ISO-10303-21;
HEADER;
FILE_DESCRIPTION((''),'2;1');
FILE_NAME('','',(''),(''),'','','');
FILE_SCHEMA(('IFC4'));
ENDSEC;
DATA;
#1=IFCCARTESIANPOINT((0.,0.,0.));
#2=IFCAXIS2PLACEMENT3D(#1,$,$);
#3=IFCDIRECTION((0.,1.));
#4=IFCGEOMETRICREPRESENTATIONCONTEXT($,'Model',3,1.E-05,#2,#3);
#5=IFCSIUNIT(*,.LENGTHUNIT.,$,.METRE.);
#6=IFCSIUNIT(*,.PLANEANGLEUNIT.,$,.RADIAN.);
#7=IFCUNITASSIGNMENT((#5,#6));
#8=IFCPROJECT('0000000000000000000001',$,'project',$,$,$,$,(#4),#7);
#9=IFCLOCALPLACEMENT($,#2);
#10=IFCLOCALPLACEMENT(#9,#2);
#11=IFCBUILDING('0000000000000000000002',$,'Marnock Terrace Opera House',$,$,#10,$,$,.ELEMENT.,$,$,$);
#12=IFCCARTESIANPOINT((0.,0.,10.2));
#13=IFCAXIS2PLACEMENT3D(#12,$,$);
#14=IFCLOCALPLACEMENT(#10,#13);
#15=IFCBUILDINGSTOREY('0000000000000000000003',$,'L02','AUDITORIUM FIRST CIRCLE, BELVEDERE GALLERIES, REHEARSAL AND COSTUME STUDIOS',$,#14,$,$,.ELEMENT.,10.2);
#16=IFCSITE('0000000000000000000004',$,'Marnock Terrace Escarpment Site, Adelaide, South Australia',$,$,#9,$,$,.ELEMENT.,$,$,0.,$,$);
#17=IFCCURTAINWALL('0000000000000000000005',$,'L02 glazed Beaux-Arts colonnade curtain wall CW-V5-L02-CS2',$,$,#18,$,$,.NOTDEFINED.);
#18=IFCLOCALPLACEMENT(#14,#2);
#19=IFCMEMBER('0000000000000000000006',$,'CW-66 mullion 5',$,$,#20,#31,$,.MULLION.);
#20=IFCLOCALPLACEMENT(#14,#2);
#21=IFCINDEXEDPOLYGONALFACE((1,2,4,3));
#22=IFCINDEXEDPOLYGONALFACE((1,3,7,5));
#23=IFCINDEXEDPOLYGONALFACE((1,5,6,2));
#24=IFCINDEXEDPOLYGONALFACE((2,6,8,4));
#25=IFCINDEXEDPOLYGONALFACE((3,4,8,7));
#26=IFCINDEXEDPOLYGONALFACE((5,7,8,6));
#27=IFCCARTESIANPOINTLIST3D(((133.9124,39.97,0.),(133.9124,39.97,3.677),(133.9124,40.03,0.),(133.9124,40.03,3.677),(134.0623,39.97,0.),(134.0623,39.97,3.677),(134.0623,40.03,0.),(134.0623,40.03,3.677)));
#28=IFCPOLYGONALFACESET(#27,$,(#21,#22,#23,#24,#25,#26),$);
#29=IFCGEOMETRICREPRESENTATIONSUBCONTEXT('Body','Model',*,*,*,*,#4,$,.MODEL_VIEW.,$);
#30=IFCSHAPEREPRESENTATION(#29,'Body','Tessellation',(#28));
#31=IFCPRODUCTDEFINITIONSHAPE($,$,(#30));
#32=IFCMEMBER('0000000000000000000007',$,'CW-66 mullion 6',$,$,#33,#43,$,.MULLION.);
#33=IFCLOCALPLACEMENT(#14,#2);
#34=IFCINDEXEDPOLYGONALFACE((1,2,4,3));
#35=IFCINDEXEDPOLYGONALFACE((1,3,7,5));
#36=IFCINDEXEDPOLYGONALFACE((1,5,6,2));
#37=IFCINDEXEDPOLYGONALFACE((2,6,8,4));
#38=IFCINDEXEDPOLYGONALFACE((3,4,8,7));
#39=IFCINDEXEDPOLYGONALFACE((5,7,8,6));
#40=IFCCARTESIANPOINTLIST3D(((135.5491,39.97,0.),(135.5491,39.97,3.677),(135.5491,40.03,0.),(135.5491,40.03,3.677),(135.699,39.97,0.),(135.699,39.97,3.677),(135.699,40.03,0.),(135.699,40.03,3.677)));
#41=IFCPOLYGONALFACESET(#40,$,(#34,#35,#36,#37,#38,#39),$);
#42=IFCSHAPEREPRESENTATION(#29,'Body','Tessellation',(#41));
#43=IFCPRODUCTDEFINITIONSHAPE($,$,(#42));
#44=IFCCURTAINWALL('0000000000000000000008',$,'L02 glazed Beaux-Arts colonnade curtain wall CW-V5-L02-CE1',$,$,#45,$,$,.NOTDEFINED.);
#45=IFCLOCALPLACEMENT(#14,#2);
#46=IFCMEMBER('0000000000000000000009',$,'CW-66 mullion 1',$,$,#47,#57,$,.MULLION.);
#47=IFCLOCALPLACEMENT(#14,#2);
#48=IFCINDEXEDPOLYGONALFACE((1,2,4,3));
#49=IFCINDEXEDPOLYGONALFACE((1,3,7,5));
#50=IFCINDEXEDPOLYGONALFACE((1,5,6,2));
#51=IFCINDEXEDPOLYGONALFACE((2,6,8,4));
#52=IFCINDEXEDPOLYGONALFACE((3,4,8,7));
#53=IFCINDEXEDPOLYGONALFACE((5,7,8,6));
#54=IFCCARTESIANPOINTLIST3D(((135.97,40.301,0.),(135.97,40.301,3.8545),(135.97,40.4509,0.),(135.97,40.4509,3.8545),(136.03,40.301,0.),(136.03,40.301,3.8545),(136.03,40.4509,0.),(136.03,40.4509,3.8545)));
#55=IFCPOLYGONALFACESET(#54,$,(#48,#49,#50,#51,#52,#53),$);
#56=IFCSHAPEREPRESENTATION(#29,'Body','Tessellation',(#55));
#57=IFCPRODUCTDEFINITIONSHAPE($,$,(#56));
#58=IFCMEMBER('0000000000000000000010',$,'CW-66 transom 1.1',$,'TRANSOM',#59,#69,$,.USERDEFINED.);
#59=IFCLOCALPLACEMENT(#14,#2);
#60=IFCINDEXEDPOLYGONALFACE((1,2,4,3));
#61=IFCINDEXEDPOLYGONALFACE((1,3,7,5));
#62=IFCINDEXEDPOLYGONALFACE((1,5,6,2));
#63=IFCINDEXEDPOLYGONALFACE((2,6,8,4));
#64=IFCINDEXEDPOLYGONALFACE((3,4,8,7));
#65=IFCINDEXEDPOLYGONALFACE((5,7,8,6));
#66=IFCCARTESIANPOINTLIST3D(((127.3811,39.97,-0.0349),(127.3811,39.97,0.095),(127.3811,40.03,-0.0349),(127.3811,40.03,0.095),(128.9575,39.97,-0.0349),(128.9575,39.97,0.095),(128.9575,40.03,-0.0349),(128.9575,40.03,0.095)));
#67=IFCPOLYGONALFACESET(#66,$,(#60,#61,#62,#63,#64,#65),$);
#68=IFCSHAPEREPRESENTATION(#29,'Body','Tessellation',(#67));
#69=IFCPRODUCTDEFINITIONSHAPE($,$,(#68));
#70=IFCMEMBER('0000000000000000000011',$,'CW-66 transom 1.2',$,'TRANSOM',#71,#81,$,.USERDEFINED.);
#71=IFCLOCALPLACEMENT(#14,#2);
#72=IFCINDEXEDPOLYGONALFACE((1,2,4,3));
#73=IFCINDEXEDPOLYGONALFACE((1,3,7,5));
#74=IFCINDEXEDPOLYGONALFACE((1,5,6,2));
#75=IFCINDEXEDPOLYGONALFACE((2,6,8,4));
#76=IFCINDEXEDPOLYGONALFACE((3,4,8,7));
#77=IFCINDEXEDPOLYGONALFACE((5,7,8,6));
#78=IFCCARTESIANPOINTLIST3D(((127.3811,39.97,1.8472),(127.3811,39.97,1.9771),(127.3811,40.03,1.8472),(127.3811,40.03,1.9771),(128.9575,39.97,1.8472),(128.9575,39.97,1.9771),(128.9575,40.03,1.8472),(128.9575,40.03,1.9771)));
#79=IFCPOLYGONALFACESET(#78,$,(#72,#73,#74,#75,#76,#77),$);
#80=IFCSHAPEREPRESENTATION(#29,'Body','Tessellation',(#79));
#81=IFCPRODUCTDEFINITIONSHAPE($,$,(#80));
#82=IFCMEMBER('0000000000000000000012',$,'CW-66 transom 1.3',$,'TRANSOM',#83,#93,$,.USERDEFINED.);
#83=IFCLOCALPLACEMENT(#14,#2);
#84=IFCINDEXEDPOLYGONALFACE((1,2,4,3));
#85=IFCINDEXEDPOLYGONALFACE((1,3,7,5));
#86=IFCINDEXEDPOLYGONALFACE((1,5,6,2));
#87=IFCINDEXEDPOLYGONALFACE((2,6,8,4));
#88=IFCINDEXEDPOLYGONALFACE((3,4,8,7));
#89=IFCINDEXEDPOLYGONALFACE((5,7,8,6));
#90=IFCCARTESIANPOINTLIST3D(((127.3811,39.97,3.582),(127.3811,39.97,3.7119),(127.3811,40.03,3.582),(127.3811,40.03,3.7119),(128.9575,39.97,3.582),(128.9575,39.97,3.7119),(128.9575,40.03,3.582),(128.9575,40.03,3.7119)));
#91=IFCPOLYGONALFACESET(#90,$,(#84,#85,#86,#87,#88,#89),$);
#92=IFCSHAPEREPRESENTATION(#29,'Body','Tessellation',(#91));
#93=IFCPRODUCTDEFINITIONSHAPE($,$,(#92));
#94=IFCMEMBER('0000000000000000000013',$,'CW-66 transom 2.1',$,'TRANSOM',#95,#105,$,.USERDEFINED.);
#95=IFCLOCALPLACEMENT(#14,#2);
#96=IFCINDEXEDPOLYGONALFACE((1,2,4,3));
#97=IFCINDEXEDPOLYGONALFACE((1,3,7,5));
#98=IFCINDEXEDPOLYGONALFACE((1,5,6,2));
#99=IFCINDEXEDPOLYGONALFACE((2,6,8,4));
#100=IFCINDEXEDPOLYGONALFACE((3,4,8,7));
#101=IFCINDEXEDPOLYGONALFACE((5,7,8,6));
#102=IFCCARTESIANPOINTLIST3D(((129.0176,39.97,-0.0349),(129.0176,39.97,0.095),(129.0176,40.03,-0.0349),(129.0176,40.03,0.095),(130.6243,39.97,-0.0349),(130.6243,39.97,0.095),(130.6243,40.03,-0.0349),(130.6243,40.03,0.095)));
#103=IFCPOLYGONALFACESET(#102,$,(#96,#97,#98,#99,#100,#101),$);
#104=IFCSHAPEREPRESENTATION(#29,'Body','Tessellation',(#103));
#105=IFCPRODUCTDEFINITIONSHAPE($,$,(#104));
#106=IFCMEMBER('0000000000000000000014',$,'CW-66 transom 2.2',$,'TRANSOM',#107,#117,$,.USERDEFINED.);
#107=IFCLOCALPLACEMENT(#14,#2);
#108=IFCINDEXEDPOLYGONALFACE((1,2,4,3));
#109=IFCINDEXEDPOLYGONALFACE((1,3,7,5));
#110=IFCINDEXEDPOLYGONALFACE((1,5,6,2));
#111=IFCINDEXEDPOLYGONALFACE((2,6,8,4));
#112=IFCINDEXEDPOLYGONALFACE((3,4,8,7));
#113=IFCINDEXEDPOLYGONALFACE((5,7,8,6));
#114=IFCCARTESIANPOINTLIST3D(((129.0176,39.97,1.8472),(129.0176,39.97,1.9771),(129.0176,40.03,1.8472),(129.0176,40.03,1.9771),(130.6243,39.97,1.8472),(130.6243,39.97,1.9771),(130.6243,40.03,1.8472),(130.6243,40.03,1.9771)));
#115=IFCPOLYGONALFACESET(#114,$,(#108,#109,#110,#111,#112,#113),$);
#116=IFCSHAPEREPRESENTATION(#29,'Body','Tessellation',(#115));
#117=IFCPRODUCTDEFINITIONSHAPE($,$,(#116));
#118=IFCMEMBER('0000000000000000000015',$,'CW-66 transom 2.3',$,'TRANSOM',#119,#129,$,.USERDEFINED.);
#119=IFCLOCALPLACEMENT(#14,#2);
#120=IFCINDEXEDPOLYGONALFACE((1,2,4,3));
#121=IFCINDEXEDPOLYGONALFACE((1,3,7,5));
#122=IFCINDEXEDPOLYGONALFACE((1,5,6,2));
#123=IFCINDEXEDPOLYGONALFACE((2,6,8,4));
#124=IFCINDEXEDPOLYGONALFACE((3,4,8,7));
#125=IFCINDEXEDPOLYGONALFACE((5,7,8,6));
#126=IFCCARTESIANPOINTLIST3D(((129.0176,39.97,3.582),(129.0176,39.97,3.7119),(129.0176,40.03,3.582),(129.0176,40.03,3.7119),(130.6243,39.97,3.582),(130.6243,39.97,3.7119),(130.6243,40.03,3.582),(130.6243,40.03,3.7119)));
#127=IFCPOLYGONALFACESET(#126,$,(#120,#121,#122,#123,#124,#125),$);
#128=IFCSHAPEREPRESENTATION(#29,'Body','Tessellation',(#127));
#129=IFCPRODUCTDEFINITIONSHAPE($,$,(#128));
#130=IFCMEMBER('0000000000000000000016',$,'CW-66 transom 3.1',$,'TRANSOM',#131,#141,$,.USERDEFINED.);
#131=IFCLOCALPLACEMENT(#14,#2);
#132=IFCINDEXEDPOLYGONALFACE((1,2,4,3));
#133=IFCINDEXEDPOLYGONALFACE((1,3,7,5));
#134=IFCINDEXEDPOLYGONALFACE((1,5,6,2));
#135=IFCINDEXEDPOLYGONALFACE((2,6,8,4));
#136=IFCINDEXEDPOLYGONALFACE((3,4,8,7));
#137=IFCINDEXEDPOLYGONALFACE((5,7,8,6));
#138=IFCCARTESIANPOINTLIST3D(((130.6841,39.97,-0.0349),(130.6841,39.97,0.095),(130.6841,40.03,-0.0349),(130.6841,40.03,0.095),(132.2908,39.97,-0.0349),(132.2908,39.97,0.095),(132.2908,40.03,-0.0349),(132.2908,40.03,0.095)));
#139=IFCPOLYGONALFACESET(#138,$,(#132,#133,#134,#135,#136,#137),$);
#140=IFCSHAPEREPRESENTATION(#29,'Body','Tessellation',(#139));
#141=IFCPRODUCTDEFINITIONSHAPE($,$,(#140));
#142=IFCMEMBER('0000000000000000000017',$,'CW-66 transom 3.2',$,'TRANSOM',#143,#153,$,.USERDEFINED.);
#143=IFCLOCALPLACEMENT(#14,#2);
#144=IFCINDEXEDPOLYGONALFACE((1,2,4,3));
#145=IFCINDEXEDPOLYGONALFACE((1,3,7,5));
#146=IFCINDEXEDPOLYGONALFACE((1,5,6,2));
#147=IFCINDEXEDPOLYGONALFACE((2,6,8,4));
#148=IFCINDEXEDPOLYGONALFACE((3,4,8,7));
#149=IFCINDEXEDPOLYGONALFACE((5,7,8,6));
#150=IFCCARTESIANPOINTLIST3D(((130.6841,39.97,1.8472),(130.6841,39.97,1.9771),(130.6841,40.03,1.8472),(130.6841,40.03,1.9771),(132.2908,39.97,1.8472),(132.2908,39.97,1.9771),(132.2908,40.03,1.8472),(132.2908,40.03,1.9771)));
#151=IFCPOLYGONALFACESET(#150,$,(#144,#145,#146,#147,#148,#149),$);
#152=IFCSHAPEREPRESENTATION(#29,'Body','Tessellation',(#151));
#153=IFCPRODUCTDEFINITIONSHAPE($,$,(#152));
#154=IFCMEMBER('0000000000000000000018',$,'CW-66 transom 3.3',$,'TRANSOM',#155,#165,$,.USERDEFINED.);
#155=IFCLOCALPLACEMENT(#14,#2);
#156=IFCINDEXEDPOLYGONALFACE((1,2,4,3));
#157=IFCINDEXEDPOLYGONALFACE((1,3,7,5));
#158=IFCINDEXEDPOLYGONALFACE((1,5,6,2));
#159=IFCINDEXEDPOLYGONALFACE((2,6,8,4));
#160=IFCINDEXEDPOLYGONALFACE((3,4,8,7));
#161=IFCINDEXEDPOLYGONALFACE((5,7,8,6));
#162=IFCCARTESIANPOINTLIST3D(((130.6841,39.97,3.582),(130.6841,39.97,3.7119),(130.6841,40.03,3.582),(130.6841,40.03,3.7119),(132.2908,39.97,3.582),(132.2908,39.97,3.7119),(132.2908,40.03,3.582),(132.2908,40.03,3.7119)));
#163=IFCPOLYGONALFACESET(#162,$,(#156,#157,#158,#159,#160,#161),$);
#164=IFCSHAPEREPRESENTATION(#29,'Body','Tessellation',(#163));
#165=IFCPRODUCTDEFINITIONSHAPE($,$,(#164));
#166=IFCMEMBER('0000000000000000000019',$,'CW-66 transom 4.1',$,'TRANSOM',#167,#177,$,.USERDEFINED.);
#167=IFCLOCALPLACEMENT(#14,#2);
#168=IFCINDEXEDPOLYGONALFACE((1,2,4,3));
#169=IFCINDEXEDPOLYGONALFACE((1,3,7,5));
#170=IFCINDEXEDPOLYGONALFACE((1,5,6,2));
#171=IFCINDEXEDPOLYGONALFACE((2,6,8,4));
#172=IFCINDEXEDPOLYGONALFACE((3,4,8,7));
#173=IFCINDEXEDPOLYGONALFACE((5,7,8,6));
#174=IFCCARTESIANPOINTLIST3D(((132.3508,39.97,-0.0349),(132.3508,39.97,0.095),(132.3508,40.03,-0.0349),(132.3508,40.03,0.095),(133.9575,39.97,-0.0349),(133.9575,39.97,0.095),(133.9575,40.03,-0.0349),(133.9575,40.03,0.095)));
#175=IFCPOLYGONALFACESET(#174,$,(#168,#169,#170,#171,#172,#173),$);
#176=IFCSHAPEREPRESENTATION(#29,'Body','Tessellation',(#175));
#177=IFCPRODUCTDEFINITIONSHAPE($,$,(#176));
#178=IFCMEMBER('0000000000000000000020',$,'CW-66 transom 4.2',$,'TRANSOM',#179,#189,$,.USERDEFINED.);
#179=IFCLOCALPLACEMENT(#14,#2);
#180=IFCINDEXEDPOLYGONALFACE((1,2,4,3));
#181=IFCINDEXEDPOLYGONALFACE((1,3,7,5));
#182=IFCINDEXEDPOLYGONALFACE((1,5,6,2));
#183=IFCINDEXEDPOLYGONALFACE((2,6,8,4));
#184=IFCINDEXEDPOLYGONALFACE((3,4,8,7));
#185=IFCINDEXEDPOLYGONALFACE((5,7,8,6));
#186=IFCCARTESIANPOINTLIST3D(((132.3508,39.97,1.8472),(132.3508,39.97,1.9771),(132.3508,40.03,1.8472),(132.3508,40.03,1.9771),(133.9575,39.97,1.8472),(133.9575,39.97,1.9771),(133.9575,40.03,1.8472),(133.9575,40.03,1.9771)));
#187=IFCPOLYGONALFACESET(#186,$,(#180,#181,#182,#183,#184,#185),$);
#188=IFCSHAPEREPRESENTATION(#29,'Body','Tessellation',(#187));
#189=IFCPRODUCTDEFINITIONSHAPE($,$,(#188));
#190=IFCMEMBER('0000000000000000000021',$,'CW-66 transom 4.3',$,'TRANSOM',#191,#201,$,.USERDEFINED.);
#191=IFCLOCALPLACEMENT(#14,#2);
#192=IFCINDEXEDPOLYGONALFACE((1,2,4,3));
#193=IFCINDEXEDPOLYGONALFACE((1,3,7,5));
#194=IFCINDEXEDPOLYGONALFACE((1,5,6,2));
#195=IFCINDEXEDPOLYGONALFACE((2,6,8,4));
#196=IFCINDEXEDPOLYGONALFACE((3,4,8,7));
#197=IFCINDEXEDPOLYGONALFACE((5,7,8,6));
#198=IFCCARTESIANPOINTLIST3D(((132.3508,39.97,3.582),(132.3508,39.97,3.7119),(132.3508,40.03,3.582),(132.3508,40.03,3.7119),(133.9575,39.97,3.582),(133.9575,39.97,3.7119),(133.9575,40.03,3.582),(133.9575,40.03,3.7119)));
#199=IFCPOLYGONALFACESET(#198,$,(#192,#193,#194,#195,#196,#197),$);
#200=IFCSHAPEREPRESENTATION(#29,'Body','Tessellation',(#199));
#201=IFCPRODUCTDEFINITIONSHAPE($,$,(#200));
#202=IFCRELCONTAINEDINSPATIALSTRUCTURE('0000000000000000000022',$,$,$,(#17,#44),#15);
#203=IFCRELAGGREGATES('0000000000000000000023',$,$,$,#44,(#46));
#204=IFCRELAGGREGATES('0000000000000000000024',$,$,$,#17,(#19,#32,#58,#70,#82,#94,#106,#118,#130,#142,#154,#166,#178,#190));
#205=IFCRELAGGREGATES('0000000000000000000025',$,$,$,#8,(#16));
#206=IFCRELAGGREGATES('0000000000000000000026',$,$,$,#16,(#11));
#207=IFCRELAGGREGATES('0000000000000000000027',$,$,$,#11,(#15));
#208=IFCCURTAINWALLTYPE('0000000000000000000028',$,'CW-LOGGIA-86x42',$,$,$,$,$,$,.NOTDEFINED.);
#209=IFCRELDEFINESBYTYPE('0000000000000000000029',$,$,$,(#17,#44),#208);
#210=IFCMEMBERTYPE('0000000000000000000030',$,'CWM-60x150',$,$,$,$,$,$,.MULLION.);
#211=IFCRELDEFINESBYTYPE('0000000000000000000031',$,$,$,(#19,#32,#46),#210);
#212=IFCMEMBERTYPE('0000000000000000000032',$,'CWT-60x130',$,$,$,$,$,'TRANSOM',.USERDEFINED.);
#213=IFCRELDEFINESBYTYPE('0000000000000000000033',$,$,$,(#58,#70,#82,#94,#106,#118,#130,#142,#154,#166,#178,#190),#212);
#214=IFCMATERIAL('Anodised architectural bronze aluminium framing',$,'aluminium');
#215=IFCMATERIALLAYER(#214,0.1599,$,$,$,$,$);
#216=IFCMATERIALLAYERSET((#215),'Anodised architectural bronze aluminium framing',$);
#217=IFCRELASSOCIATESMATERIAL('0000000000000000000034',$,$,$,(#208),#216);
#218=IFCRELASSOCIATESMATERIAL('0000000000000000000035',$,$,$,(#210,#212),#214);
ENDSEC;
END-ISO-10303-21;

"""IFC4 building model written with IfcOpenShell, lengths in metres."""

from ifc_helpers import new_model, si_unit, direction, frame, origin, origin_2d, place, context, subcontext, project, spatial, rectangle, extrude, material, layer, layer_set, material_profile, profile_set, type_object, element, aggregate, save


model = new_model("IFC4")

# Units and contexts
model_context = context("Model", 3, precision=1e-05, world=origin(), true_north=direction((0.0, 1.0)))
body_context = subcontext(model_context, "Body", "Model", "MODEL_VIEW")
ifc_project = project(units=[si_unit("LENGTHUNIT", "METRE"), si_unit("PLANEANGLEUNIT", "RADIAN")], contexts=[model_context])

# Site, building, storey
site_placement = place(None, origin())
site = spatial("IfcSite", under=ifc_project, at=site_placement, Name="Marnock Terrace Escarpment Site, Adelaide, South Australia", CompositionType="ELEMENT", RefElevation=0.0)
building_placement = place(site_placement, origin())
building = spatial("IfcBuilding", under=site, at=building_placement, Name="Marnock Terrace Opera House", CompositionType="ELEMENT")
storey_placement = place(building_placement, frame((0.0, 0.0, 10.2)))
storey = spatial("IfcBuildingStorey", under=building, at=storey_placement, Name="L02", Description="AUDITORIUM FIRST CIRCLE, BELVEDERE GALLERIES, REHEARSAL AND COSTUME STUDIOS", CompositionType="ELEMENT", Elevation=10.2)

# Curtain wall, members
ifc_material_1 = material(Name="Anodised architectural bronze aluminium framing", Category="aluminium")
ifc_layer_1 = layer(ifc_material_1, 0.1599)
ifc_layer_set_1 = layer_set([ifc_layer_1], Name="Anodised architectural bronze aluminium framing")
curtain_wall_type = type_object("IfcCurtainWallType", Name="CW-LOGGIA-86x42", PredefinedType="NOTDEFINED", material=ifc_layer_set_1)
curtain_wall_1_placement = place(storey_placement, origin())
curtain_wall_1 = element("IfcCurtainWall", 1, at=curtain_wall_1_placement, inside=storey, type_object=curtain_wall_type, Name="L02 glazed Beaux-Arts colonnade curtain wall CW-V5-L02-CS2", PredefinedType="NOTDEFINED")
ifc_material_profile_1 = material_profile(ifc_material_1, rectangle(XDim=0.0601, YDim=0.1499, at=origin_2d()))
ifc_profile_set_1 = profile_set([ifc_material_profile_1], Name="Anodised architectural bronze aluminium framing")
member_type_1 = type_object("IfcMemberType", Name="CWM-60x150", PredefinedType="MULLION", material=ifc_profile_set_1)
member_1_placement = place(storey_placement, frame((133.9873, 40.0, 0.0), z_axis=(0.0, 0.0, 1.0), x_axis=(0.0, 1.0, 0.0)))
member_1 = element("IfcMember", 2, at=member_1_placement, type_object=member_type_1, Name="CW-66 mullion 5", PredefinedType="MULLION", context=body_context, shape_type="SweptSolid", body=[
    extrude(rectangle(XDim=0.0601, YDim=0.1499, at=origin_2d()), origin(), (0.0, 0.0, 1.0), 3.677),
])
member_2_placement = place(storey_placement, frame((135.624, 40.0, 0.0), z_axis=(0.0, 0.0, 1.0), x_axis=(0.0, 1.0, 0.0)))
member_2 = element("IfcMember", 3, at=member_2_placement, type_object=member_type_1, Name="CW-66 mullion 6", PredefinedType="MULLION", context=body_context, shape_type="SweptSolid", body=[
    extrude(rectangle(XDim=0.0601, YDim=0.1499, at=origin_2d()), origin(), (0.0, 0.0, 1.0), 3.677),
])

# Curtain wall, member
curtain_wall_2_placement = place(storey_placement, origin())
curtain_wall_2 = element("IfcCurtainWall", 4, at=curtain_wall_2_placement, inside=storey, type_object=curtain_wall_type, Name="L02 glazed Beaux-Arts colonnade curtain wall CW-V5-L02-CE1", PredefinedType="NOTDEFINED")
member_3_placement = place(storey_placement, frame((136.0, 40.376, 0.0), z_axis=(0.0, 0.0, 1.0), x_axis=(-1.0, 0.0, 0.0)))
member_3 = element("IfcMember", 5, at=member_3_placement, type_object=member_type_1, Name="CW-66 mullion 1", PredefinedType="MULLION", context=body_context, shape_type="SweptSolid", body=[
    extrude(rectangle(XDim=0.0601, YDim=0.1499, at=origin_2d()), origin(), (0.0, 0.0, 1.0), 3.8545),
])

# Members
ifc_material_profile_2 = material_profile(ifc_material_1, rectangle(XDim=0.0601, YDim=0.1299, at=origin_2d()))
ifc_profile_set_2 = profile_set([ifc_material_profile_2], Name="Anodised architectural bronze aluminium framing")
member_type_2 = type_object("IfcMemberType", Name="CWT-60x130", ElementType="TRANSOM", PredefinedType="USERDEFINED", material=ifc_profile_set_2)
member_4_placement = place(storey_placement, frame((127.3811, 40.0, 0.03), z_axis=(1.0, 0.0, 0.0), x_axis=(0.0, 1.0, 0.0)))
member_4 = element("IfcMember", 6, at=member_4_placement, type_object=member_type_2, Name="CW-66 transom 1.1", ObjectType="TRANSOM", PredefinedType="USERDEFINED", context=body_context, shape_type="SweptSolid", body=[
    extrude(rectangle(XDim=0.0601, YDim=0.1299, at=origin_2d()), origin(), (0.0, 0.0, 1.0), 1.5764),
])
member_5_placement = place(storey_placement, frame((127.3811, 40.0, 1.9121), z_axis=(1.0, 0.0, 0.0), x_axis=(0.0, 1.0, 0.0)))
member_5 = element("IfcMember", 7, at=member_5_placement, type_object=member_type_2, Name="CW-66 transom 1.2", ObjectType="TRANSOM", PredefinedType="USERDEFINED", context=body_context, shape_type="SweptSolid", body=[
    extrude(rectangle(XDim=0.0601, YDim=0.1299, at=origin_2d()), origin(), (0.0, 0.0, 1.0), 1.5764),
])
member_6_placement = place(storey_placement, frame((127.3811, 40.0, 3.647), z_axis=(1.0, 0.0, 0.0), x_axis=(0.0, 1.0, 0.0)))
member_6 = element("IfcMember", 8, at=member_6_placement, type_object=member_type_2, Name="CW-66 transom 1.3", ObjectType="TRANSOM", PredefinedType="USERDEFINED", context=body_context, shape_type="SweptSolid", body=[
    extrude(rectangle(XDim=0.0601, YDim=0.1299, at=origin_2d()), origin(), (0.0, 0.0, 1.0), 1.5764),
])
member_7_placement = place(storey_placement, frame((129.0176, 40.0, 0.03), z_axis=(1.0, 0.0, 0.0), x_axis=(0.0, 1.0, 0.0)))
member_7 = element("IfcMember", 9, at=member_7_placement, type_object=member_type_2, Name="CW-66 transom 2.1", ObjectType="TRANSOM", PredefinedType="USERDEFINED", context=body_context, shape_type="SweptSolid", body=[
    extrude(rectangle(XDim=0.0601, YDim=0.1299, at=origin_2d()), origin(), (0.0, 0.0, 1.0), 1.6067),
])
member_8_placement = place(storey_placement, frame((129.0176, 40.0, 1.9121), z_axis=(1.0, 0.0, 0.0), x_axis=(0.0, 1.0, 0.0)))
member_8 = element("IfcMember", 10, at=member_8_placement, type_object=member_type_2, Name="CW-66 transom 2.2", ObjectType="TRANSOM", PredefinedType="USERDEFINED", context=body_context, shape_type="SweptSolid", body=[
    extrude(rectangle(XDim=0.0601, YDim=0.1299, at=origin_2d()), origin(), (0.0, 0.0, 1.0), 1.6067),
])
member_9_placement = place(storey_placement, frame((129.0176, 40.0, 3.647), z_axis=(1.0, 0.0, 0.0), x_axis=(0.0, 1.0, 0.0)))
member_9 = element("IfcMember", 11, at=member_9_placement, type_object=member_type_2, Name="CW-66 transom 2.3", ObjectType="TRANSOM", PredefinedType="USERDEFINED", context=body_context, shape_type="SweptSolid", body=[
    extrude(rectangle(XDim=0.0601, YDim=0.1299, at=origin_2d()), origin(), (0.0, 0.0, 1.0), 1.6067),
])
member_10_placement = place(storey_placement, frame((130.6841, 40.0, 0.03), z_axis=(1.0, 0.0, 0.0), x_axis=(0.0, 1.0, 0.0)))
member_10 = element("IfcMember", 12, at=member_10_placement, type_object=member_type_2, Name="CW-66 transom 3.1", ObjectType="TRANSOM", PredefinedType="USERDEFINED", context=body_context, shape_type="SweptSolid", body=[
    extrude(rectangle(XDim=0.0601, YDim=0.1299, at=origin_2d()), origin(), (0.0, 0.0, 1.0), 1.6067),
])
member_11_placement = place(storey_placement, frame((130.6841, 40.0, 1.9121), z_axis=(1.0, 0.0, 0.0), x_axis=(0.0, 1.0, 0.0)))
member_11 = element("IfcMember", 13, at=member_11_placement, type_object=member_type_2, Name="CW-66 transom 3.2", ObjectType="TRANSOM", PredefinedType="USERDEFINED", context=body_context, shape_type="SweptSolid", body=[
    extrude(rectangle(XDim=0.0601, YDim=0.1299, at=origin_2d()), origin(), (0.0, 0.0, 1.0), 1.6067),
])
member_12_placement = place(storey_placement, frame((130.6841, 40.0, 3.647), z_axis=(1.0, 0.0, 0.0), x_axis=(0.0, 1.0, 0.0)))
member_12 = element("IfcMember", 14, at=member_12_placement, type_object=member_type_2, Name="CW-66 transom 3.3", ObjectType="TRANSOM", PredefinedType="USERDEFINED", context=body_context, shape_type="SweptSolid", body=[
    extrude(rectangle(XDim=0.0601, YDim=0.1299, at=origin_2d()), origin(), (0.0, 0.0, 1.0), 1.6067),
])
member_13_placement = place(storey_placement, frame((132.3508, 40.0, 0.03), z_axis=(1.0, 0.0, 0.0), x_axis=(0.0, 1.0, 0.0)))
member_13 = element("IfcMember", 15, at=member_13_placement, type_object=member_type_2, Name="CW-66 transom 4.1", ObjectType="TRANSOM", PredefinedType="USERDEFINED", context=body_context, shape_type="SweptSolid", body=[
    extrude(rectangle(XDim=0.0601, YDim=0.1299, at=origin_2d()), origin(), (0.0, 0.0, 1.0), 1.6067),
])
member_14_placement = place(storey_placement, frame((132.3508, 40.0, 1.9121), z_axis=(1.0, 0.0, 0.0), x_axis=(0.0, 1.0, 0.0)))
member_14 = element("IfcMember", 16, at=member_14_placement, type_object=member_type_2, Name="CW-66 transom 4.2", ObjectType="TRANSOM", PredefinedType="USERDEFINED", context=body_context, shape_type="SweptSolid", body=[
    extrude(rectangle(XDim=0.0601, YDim=0.1299, at=origin_2d()), origin(), (0.0, 0.0, 1.0), 1.6067),
])
member_15_placement = place(storey_placement, frame((132.3508, 40.0, 3.647), z_axis=(1.0, 0.0, 0.0), x_axis=(0.0, 1.0, 0.0)))
member_15 = element("IfcMember", 17, at=member_15_placement, type_object=member_type_2, Name="CW-66 transom 4.3", ObjectType="TRANSOM", PredefinedType="USERDEFINED", context=body_context, shape_type="SweptSolid", body=[
    extrude(rectangle(XDim=0.0601, YDim=0.1299, at=origin_2d()), origin(), (0.0, 0.0, 1.0), 1.6067),
])
aggregate(curtain_wall_2, [member_3])

aggregate(curtain_wall_1, [member_1, member_2, member_4, member_5, member_6, member_7, member_8, member_9, member_10, member_11, member_12, member_13, member_14, member_15])

save(model, "model.ifc")
